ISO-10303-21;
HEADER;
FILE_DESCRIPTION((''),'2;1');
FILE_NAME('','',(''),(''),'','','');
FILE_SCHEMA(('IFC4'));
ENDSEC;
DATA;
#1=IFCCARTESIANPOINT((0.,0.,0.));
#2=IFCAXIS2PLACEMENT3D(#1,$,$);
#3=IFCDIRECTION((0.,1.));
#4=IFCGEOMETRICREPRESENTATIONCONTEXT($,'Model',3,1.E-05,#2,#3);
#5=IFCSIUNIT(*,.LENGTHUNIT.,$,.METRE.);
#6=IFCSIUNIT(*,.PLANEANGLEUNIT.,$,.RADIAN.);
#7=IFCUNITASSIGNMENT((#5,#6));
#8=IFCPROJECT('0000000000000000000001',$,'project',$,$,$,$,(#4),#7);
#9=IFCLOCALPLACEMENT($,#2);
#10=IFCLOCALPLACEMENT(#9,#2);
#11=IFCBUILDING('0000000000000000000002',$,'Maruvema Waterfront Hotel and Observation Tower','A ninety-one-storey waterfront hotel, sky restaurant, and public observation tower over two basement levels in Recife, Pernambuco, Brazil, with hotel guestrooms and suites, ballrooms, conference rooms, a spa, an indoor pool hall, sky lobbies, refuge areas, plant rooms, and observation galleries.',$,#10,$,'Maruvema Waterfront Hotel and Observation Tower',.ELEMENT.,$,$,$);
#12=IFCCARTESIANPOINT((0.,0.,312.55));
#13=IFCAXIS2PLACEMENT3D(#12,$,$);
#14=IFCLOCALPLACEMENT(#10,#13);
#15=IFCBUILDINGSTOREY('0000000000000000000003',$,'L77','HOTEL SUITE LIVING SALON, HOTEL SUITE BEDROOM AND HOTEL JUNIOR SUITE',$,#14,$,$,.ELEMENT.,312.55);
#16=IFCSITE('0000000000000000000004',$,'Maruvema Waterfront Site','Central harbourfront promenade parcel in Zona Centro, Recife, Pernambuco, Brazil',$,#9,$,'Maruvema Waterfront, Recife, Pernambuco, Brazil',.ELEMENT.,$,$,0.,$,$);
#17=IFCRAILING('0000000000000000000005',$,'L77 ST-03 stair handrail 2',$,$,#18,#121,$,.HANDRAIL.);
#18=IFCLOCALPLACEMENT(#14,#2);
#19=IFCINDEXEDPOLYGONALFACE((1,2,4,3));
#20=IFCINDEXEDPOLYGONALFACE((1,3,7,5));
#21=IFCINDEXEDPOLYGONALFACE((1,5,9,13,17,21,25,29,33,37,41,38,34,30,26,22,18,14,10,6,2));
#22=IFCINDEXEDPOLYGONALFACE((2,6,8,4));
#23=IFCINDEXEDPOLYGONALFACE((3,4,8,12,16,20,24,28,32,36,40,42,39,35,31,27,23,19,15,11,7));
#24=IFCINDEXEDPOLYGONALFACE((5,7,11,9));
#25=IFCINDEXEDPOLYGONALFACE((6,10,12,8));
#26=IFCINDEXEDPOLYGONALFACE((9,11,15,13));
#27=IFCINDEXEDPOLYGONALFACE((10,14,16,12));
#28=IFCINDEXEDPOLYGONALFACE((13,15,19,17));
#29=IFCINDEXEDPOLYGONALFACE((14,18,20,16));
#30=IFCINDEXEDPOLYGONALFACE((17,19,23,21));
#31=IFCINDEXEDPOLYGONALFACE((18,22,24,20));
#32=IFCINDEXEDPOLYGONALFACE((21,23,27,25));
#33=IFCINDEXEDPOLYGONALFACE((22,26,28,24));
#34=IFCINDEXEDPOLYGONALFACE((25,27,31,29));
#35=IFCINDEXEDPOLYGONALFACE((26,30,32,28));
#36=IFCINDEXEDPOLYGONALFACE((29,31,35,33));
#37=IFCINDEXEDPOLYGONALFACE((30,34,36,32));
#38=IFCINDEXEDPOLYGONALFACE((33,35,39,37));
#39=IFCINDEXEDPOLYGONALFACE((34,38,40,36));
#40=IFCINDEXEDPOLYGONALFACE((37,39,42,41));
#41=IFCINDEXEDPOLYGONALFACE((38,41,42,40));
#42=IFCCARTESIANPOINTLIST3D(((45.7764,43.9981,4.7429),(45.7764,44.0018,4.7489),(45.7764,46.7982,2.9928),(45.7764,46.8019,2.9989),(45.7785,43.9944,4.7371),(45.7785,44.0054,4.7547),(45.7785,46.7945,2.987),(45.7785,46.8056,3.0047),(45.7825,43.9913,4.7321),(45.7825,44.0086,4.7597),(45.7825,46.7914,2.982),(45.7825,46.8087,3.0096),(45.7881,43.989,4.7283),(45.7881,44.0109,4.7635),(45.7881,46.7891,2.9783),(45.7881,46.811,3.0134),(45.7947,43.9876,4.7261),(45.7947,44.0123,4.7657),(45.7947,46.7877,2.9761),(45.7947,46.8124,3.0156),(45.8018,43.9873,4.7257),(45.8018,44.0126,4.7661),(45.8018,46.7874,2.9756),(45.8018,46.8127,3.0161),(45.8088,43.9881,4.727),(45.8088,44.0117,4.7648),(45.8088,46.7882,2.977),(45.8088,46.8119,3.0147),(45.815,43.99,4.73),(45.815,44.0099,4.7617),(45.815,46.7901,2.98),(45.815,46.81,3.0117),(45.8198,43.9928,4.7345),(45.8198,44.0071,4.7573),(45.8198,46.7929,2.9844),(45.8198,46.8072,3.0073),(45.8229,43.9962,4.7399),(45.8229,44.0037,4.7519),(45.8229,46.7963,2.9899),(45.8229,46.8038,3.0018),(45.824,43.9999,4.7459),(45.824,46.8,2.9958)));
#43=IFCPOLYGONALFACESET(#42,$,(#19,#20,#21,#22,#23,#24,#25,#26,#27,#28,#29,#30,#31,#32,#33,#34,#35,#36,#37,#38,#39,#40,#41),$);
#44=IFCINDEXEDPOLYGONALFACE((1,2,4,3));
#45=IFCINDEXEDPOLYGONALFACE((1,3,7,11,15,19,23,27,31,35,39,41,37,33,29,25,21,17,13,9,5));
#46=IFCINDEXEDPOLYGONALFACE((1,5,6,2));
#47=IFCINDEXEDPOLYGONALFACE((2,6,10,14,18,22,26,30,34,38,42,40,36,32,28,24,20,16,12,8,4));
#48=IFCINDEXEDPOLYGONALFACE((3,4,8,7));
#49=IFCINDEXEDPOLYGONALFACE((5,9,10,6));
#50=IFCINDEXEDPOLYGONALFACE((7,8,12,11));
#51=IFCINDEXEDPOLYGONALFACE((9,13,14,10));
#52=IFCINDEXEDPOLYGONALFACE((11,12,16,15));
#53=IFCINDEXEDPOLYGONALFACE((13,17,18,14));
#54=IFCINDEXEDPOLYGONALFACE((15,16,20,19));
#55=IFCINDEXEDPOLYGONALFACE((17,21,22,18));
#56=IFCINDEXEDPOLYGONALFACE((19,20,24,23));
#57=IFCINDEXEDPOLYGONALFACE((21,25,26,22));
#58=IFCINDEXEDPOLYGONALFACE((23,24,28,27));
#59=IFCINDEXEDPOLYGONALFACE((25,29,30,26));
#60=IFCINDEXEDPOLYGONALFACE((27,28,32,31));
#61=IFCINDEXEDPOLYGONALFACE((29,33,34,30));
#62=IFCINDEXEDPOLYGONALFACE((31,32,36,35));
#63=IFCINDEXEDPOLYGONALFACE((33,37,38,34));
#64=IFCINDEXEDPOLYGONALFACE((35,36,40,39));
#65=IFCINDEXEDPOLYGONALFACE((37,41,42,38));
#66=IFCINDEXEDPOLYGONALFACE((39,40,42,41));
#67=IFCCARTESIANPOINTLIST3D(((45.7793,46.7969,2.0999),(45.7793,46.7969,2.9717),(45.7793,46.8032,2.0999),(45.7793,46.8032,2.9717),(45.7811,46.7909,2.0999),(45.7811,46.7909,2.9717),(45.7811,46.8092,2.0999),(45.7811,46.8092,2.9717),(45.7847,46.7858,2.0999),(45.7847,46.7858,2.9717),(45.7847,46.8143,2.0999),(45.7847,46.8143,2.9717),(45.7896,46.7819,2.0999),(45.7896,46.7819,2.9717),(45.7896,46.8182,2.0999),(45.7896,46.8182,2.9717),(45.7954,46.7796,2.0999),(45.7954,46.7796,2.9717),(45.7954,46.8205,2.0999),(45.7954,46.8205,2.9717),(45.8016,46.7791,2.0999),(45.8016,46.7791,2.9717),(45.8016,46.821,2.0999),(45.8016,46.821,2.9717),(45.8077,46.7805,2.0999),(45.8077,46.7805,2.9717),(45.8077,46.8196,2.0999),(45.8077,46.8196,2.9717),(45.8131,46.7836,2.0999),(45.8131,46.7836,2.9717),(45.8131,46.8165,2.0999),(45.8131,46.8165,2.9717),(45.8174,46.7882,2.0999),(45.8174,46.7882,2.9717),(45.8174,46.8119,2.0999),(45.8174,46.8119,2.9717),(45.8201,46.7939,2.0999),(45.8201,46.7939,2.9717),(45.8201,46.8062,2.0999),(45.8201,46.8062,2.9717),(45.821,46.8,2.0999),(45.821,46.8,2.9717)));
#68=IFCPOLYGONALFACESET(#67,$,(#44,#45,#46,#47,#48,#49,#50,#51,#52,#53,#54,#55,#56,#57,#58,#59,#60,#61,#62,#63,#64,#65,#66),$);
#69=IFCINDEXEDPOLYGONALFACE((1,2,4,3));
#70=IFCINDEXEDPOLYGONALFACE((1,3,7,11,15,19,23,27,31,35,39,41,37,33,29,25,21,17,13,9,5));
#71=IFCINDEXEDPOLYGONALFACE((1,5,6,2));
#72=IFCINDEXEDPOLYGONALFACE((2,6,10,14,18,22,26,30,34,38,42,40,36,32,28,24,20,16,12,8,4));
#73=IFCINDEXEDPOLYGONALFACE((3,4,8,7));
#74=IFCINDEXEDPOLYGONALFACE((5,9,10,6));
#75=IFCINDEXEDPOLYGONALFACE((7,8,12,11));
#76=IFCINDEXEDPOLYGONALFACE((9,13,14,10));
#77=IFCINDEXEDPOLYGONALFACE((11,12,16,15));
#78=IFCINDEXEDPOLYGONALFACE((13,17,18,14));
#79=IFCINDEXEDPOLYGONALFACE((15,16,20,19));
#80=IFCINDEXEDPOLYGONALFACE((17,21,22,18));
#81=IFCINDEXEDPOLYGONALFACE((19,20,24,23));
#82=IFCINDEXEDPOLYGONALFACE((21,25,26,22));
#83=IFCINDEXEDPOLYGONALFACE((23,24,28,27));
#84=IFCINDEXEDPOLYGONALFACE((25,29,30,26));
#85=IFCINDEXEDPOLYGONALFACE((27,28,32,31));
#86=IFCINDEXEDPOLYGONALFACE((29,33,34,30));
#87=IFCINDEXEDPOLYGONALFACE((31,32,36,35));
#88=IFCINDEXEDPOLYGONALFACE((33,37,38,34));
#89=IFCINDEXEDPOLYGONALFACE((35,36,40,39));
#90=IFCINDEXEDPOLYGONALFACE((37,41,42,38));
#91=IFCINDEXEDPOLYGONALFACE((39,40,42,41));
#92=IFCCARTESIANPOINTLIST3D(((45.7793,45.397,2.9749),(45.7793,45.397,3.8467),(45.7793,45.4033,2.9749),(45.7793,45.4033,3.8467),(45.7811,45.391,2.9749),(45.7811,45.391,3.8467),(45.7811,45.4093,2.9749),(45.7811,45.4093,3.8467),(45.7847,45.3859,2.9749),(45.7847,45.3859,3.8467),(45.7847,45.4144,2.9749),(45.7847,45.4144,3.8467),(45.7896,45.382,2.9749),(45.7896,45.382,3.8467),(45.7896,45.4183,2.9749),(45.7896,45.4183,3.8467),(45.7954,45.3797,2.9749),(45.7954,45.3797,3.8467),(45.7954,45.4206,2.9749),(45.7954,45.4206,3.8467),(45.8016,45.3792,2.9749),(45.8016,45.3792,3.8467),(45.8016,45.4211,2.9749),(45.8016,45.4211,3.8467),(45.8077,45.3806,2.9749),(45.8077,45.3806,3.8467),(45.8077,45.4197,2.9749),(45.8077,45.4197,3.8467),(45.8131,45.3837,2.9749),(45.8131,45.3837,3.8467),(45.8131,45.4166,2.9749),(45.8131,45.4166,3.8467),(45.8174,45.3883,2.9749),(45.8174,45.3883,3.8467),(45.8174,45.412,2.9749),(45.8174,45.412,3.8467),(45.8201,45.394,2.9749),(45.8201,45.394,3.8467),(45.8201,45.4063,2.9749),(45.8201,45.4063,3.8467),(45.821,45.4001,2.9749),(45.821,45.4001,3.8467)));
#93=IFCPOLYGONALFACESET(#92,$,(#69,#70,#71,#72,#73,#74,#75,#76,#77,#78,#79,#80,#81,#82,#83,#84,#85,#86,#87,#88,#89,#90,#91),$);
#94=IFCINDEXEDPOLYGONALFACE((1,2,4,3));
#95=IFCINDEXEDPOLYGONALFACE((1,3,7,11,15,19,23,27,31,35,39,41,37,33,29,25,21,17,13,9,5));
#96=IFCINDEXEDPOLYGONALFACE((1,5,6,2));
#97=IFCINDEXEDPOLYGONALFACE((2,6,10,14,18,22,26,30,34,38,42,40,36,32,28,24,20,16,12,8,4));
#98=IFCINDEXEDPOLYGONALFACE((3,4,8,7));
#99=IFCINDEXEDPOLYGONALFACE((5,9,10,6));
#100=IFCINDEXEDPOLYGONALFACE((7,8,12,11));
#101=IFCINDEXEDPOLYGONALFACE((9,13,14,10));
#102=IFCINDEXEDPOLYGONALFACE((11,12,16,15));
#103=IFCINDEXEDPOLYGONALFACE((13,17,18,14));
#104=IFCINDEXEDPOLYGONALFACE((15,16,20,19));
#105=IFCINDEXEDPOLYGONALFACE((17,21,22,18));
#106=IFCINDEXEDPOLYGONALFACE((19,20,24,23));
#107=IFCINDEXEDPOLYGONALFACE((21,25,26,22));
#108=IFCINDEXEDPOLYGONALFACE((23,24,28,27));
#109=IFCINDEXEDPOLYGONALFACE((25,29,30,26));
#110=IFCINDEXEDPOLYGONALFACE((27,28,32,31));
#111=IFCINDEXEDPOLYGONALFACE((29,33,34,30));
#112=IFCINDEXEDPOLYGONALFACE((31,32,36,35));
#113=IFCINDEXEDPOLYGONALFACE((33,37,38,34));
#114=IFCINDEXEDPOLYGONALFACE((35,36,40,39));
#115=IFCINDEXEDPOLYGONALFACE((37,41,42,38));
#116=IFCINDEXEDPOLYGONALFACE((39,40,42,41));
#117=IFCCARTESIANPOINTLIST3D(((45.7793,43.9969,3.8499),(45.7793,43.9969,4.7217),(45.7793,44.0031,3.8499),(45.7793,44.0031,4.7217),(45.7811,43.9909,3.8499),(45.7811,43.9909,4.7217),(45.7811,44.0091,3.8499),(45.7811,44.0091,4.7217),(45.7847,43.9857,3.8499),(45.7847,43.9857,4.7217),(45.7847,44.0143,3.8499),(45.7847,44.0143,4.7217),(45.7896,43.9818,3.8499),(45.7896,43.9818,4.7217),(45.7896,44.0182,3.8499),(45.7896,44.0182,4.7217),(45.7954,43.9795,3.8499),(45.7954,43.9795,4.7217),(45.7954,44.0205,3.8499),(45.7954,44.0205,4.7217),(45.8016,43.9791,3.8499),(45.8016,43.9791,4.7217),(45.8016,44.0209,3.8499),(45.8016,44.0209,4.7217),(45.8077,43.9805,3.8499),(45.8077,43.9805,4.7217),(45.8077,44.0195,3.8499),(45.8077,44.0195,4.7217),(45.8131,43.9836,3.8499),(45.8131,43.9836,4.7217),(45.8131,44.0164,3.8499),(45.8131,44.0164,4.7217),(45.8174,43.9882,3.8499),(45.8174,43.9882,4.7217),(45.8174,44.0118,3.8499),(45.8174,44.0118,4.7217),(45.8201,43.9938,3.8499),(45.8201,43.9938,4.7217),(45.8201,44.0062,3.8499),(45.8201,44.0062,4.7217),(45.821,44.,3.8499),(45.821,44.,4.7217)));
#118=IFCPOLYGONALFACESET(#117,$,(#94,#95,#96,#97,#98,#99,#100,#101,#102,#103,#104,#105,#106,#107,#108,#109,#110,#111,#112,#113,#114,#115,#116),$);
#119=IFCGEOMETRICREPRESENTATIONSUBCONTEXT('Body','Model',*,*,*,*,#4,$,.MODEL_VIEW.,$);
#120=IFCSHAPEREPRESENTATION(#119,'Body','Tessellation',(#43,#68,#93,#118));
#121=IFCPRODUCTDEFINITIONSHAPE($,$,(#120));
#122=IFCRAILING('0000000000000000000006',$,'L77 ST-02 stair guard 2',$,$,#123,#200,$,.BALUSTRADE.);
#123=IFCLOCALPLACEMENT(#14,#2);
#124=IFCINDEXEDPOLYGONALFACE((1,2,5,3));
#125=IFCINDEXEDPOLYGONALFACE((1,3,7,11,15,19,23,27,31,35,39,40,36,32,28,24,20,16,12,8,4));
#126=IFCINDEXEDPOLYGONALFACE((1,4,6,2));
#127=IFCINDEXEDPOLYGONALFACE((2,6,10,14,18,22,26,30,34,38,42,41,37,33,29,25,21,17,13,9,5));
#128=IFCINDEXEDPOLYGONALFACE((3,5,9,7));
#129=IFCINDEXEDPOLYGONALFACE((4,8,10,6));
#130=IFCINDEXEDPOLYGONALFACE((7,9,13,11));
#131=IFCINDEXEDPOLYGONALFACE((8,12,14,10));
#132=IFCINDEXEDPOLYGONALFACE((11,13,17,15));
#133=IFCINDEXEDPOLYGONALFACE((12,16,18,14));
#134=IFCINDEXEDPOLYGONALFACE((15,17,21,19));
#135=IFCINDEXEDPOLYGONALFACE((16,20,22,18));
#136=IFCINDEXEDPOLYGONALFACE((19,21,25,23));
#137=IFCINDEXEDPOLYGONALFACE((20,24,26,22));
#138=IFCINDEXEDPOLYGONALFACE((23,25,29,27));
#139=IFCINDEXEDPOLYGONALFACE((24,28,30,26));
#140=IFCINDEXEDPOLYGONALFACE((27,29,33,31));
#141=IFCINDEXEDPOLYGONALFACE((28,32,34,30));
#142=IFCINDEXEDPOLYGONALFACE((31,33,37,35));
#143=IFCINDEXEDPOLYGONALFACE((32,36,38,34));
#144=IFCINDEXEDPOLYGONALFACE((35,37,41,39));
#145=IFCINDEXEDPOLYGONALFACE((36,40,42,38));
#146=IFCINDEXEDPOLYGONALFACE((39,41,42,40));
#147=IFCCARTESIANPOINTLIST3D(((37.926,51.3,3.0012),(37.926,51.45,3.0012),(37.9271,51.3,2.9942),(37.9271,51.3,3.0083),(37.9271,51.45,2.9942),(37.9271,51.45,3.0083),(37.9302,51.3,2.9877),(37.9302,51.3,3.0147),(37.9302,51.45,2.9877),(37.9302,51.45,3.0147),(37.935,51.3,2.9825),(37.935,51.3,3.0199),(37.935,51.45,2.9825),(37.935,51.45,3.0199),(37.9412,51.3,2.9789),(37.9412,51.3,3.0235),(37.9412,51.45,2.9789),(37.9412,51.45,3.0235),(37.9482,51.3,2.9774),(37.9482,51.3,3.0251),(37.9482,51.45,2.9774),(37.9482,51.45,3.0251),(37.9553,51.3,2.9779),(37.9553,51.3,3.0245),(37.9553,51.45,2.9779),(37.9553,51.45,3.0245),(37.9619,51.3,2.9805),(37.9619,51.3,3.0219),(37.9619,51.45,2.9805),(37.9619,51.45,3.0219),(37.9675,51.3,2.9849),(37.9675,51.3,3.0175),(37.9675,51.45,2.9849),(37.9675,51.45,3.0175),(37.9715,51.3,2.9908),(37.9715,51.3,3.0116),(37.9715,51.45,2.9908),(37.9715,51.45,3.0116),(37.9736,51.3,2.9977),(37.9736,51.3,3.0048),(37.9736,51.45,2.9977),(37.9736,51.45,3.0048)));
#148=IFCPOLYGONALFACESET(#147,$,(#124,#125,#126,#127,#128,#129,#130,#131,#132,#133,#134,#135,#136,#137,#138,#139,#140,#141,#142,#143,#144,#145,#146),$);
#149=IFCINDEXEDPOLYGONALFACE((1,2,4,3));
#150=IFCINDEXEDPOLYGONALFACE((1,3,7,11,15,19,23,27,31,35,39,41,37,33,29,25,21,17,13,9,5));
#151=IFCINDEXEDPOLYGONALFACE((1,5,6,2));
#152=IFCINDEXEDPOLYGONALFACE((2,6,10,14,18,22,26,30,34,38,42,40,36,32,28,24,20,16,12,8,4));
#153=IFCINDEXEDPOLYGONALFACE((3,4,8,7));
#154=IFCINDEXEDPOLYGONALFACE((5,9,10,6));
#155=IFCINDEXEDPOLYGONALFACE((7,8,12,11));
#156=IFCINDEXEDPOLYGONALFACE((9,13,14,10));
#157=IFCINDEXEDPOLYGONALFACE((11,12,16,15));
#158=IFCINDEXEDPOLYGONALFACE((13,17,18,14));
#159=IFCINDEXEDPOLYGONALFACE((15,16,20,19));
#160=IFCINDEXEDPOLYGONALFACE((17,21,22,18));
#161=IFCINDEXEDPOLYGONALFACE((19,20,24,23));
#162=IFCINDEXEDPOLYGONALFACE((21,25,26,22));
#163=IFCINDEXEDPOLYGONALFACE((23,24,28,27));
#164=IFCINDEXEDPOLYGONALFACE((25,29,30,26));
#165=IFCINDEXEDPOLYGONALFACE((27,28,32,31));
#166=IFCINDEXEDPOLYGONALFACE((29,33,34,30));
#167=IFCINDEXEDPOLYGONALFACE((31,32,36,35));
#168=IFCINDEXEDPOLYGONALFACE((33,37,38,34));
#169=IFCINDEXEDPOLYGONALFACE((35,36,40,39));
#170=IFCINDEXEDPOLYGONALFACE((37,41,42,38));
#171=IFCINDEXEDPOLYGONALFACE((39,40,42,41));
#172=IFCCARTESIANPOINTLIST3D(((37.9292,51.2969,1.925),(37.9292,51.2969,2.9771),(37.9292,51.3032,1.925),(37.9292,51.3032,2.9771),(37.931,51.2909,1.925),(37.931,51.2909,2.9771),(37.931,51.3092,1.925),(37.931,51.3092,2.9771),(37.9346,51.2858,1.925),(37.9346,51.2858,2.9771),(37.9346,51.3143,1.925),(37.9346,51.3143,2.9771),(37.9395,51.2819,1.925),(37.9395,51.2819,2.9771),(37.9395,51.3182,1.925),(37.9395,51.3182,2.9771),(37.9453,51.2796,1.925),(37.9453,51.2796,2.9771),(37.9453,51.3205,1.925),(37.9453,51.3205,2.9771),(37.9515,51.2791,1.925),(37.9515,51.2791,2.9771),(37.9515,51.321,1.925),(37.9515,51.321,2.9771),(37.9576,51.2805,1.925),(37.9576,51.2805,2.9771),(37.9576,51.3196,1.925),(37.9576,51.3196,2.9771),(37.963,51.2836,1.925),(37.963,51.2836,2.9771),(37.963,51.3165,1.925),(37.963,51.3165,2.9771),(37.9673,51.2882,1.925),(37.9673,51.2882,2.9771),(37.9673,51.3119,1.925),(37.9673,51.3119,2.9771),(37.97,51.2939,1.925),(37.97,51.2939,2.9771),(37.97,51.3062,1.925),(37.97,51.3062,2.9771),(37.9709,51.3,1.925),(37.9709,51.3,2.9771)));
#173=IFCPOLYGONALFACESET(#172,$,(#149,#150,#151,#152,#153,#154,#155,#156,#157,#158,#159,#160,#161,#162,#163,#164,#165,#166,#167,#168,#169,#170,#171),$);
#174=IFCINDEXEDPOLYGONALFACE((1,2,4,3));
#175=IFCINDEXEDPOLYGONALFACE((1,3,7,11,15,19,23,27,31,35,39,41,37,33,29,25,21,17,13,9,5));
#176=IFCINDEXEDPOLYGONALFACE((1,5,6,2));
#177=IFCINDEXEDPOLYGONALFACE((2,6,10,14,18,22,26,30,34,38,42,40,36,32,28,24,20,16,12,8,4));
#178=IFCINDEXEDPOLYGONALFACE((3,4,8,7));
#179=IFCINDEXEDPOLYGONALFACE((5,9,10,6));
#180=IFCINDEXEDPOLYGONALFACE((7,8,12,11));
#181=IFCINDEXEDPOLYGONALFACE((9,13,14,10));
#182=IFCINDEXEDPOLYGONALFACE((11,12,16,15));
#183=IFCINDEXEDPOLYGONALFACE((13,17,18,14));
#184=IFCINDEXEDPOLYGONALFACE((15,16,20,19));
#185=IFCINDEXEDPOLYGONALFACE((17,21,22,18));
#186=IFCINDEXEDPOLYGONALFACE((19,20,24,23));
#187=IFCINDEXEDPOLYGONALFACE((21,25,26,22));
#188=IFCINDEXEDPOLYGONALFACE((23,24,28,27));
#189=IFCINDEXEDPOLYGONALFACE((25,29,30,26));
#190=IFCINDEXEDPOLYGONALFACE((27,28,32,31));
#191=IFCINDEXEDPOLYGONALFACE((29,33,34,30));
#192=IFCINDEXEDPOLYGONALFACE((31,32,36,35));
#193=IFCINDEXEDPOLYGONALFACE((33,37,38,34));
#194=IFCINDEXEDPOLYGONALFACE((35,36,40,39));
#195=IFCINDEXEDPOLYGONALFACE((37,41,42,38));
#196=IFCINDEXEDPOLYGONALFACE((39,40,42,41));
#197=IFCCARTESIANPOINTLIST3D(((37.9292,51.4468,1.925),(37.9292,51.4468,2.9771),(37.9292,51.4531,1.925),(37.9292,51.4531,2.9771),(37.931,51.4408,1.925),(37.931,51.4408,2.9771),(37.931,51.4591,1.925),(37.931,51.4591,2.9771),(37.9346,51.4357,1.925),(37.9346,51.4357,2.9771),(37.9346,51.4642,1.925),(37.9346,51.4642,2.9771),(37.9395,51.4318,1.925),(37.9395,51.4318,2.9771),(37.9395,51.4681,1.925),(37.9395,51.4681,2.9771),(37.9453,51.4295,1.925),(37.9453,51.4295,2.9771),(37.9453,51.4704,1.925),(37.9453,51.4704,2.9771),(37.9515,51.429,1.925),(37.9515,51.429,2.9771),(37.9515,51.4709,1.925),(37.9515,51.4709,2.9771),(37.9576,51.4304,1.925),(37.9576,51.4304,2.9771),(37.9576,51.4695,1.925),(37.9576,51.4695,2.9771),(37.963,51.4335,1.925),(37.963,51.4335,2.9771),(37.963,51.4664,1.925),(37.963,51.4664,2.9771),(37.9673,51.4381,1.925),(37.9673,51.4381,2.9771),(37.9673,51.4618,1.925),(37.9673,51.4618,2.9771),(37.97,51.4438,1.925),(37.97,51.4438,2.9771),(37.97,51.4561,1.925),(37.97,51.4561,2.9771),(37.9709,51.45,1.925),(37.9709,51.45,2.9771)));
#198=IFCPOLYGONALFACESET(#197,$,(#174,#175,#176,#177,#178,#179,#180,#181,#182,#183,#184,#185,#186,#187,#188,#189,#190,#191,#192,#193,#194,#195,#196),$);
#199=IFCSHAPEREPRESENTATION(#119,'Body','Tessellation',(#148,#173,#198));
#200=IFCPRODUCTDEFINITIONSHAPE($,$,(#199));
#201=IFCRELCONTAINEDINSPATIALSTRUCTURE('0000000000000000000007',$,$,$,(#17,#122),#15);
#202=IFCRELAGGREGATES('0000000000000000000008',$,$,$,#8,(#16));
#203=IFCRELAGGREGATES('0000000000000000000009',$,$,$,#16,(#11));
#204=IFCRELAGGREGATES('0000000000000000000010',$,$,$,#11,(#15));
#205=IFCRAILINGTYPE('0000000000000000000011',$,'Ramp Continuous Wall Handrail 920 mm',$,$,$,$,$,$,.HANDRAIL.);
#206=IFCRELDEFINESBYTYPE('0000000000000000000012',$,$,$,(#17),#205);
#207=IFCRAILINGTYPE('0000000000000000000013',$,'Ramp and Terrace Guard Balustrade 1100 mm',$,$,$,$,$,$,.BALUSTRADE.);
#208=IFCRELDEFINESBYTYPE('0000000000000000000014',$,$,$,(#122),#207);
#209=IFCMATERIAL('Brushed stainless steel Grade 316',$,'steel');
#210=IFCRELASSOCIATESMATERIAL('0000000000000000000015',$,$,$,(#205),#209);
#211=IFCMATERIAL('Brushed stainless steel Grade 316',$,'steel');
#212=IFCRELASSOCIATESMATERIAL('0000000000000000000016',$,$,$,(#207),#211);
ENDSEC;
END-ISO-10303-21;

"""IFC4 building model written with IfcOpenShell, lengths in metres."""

from ifc_helpers import new_model, si_unit, direction, frame, origin, origin_2d, place, context, subcontext, project, spatial, circle, extrude, material, type_object, element, save


model = new_model("IFC4")

# Units and contexts
model_context = context("Model", 3, precision=1e-05, world=origin(), true_north=direction((0.0, 1.0)))
body_context = subcontext(model_context, "Body", "Model", "MODEL_VIEW")
ifc_project = project(units=[si_unit("LENGTHUNIT", "METRE"), si_unit("PLANEANGLEUNIT", "RADIAN")], contexts=[model_context])

# Site, building, storey
site_placement = place(None, origin())
site = spatial("IfcSite", under=ifc_project, at=site_placement, Name="Maruvema Waterfront Site", Description="Central harbourfront promenade parcel in Zona Centro, Recife, Pernambuco, Brazil", LongName="Maruvema Waterfront, Recife, Pernambuco, Brazil", CompositionType="ELEMENT", RefElevation=0.0)
building_placement = place(site_placement, origin())
building = spatial("IfcBuilding", under=site, at=building_placement, Name="Maruvema Waterfront Hotel and Observation Tower", Description="A ninety-one-storey waterfront hotel, sky restaurant, and public observation tower over two basement levels in Recife, Pernambuco, Brazil, with hotel guestrooms and suites, ballrooms, conference rooms, a spa, an indoor pool hall, sky lobbies, refuge areas, plant rooms, and observation galleries.", LongName="Maruvema Waterfront Hotel and Observation Tower", CompositionType="ELEMENT")
storey_placement = place(building_placement, frame((0.0, 0.0, 312.55)))
storey = spatial("IfcBuildingStorey", under=building, at=storey_placement, Name="L77", Description="HOTEL SUITE LIVING SALON, HOTEL SUITE BEDROOM AND HOTEL JUNIOR SUITE", CompositionType="ELEMENT", Elevation=312.55)

# Railings
ifc_material_1 = material(Name="Brushed stainless steel Grade 316", Category="steel")
railing_type_1 = type_object("IfcRailingType", Name="Ramp Continuous Wall Handrail 920 mm", PredefinedType="HANDRAIL", material=ifc_material_1)
railing_1_placement = place(storey_placement, frame((45.8, 46.8, 2.0999)))
element("IfcRailing", 1, at=railing_1_placement, inside=storey, type_object=railing_type_1, Name="L77 ST-03 stair handrail 2", PredefinedType="HANDRAIL", context=body_context, shape_type="SweptSolid", body=[
    extrude(circle(Radius=0.0239, at=origin_2d()), frame((0.0, 0.0, 0.896), z_axis=(0.0, -0.848002, 0.529992), x_axis=(1.0, 0.0, 0.0)), (0.0, 0.0, 1.0), 3.302),
    extrude(circle(Radius=0.021, at=origin_2d()), origin(), (0.0, 0.0, 1.0), 0.8718),
    extrude(circle(Radius=0.021, at=origin_2d()), frame((0.0, -1.3999, 0.875)), (0.0, 0.0, 1.0), 0.8718),
    extrude(circle(Radius=0.021, at=origin_2d()), frame((0.0, -2.8, 1.75)), (0.0, 0.0, 1.0), 0.8718),
])
ifc_material_2 = material(Name="Brushed stainless steel Grade 316", Category="steel")
railing_type_2 = type_object("IfcRailingType", Name="Ramp and Terrace Guard Balustrade 1100 mm", PredefinedType="BALUSTRADE", material=ifc_material_2)
railing_2_placement = place(storey_placement, frame((37.95, 51.3, 1.925)))
element("IfcRailing", 2, at=railing_2_placement, inside=storey, type_object=railing_type_2, Name="L77 ST-02 stair guard 2", PredefinedType="BALUSTRADE", context=body_context, shape_type="SweptSolid", body=[
    extrude(circle(Radius=0.0239, at=origin_2d()), frame((0.0, 0.0, 1.0762), z_axis=(0.0, 1.0, 0.0), x_axis=(-1.0, 0.0, 0.0)), (0.0, 0.0, 1.0), 0.1499),
    extrude(circle(Radius=0.021, at=origin_2d()), origin(), (0.0, 0.0, 1.0), 1.052),
    extrude(circle(Radius=0.021, at=origin_2d()), frame((0.0, 0.1499, 0.0)), (0.0, 0.0, 1.0), 1.052),
])

save(model, "model.ifc")
